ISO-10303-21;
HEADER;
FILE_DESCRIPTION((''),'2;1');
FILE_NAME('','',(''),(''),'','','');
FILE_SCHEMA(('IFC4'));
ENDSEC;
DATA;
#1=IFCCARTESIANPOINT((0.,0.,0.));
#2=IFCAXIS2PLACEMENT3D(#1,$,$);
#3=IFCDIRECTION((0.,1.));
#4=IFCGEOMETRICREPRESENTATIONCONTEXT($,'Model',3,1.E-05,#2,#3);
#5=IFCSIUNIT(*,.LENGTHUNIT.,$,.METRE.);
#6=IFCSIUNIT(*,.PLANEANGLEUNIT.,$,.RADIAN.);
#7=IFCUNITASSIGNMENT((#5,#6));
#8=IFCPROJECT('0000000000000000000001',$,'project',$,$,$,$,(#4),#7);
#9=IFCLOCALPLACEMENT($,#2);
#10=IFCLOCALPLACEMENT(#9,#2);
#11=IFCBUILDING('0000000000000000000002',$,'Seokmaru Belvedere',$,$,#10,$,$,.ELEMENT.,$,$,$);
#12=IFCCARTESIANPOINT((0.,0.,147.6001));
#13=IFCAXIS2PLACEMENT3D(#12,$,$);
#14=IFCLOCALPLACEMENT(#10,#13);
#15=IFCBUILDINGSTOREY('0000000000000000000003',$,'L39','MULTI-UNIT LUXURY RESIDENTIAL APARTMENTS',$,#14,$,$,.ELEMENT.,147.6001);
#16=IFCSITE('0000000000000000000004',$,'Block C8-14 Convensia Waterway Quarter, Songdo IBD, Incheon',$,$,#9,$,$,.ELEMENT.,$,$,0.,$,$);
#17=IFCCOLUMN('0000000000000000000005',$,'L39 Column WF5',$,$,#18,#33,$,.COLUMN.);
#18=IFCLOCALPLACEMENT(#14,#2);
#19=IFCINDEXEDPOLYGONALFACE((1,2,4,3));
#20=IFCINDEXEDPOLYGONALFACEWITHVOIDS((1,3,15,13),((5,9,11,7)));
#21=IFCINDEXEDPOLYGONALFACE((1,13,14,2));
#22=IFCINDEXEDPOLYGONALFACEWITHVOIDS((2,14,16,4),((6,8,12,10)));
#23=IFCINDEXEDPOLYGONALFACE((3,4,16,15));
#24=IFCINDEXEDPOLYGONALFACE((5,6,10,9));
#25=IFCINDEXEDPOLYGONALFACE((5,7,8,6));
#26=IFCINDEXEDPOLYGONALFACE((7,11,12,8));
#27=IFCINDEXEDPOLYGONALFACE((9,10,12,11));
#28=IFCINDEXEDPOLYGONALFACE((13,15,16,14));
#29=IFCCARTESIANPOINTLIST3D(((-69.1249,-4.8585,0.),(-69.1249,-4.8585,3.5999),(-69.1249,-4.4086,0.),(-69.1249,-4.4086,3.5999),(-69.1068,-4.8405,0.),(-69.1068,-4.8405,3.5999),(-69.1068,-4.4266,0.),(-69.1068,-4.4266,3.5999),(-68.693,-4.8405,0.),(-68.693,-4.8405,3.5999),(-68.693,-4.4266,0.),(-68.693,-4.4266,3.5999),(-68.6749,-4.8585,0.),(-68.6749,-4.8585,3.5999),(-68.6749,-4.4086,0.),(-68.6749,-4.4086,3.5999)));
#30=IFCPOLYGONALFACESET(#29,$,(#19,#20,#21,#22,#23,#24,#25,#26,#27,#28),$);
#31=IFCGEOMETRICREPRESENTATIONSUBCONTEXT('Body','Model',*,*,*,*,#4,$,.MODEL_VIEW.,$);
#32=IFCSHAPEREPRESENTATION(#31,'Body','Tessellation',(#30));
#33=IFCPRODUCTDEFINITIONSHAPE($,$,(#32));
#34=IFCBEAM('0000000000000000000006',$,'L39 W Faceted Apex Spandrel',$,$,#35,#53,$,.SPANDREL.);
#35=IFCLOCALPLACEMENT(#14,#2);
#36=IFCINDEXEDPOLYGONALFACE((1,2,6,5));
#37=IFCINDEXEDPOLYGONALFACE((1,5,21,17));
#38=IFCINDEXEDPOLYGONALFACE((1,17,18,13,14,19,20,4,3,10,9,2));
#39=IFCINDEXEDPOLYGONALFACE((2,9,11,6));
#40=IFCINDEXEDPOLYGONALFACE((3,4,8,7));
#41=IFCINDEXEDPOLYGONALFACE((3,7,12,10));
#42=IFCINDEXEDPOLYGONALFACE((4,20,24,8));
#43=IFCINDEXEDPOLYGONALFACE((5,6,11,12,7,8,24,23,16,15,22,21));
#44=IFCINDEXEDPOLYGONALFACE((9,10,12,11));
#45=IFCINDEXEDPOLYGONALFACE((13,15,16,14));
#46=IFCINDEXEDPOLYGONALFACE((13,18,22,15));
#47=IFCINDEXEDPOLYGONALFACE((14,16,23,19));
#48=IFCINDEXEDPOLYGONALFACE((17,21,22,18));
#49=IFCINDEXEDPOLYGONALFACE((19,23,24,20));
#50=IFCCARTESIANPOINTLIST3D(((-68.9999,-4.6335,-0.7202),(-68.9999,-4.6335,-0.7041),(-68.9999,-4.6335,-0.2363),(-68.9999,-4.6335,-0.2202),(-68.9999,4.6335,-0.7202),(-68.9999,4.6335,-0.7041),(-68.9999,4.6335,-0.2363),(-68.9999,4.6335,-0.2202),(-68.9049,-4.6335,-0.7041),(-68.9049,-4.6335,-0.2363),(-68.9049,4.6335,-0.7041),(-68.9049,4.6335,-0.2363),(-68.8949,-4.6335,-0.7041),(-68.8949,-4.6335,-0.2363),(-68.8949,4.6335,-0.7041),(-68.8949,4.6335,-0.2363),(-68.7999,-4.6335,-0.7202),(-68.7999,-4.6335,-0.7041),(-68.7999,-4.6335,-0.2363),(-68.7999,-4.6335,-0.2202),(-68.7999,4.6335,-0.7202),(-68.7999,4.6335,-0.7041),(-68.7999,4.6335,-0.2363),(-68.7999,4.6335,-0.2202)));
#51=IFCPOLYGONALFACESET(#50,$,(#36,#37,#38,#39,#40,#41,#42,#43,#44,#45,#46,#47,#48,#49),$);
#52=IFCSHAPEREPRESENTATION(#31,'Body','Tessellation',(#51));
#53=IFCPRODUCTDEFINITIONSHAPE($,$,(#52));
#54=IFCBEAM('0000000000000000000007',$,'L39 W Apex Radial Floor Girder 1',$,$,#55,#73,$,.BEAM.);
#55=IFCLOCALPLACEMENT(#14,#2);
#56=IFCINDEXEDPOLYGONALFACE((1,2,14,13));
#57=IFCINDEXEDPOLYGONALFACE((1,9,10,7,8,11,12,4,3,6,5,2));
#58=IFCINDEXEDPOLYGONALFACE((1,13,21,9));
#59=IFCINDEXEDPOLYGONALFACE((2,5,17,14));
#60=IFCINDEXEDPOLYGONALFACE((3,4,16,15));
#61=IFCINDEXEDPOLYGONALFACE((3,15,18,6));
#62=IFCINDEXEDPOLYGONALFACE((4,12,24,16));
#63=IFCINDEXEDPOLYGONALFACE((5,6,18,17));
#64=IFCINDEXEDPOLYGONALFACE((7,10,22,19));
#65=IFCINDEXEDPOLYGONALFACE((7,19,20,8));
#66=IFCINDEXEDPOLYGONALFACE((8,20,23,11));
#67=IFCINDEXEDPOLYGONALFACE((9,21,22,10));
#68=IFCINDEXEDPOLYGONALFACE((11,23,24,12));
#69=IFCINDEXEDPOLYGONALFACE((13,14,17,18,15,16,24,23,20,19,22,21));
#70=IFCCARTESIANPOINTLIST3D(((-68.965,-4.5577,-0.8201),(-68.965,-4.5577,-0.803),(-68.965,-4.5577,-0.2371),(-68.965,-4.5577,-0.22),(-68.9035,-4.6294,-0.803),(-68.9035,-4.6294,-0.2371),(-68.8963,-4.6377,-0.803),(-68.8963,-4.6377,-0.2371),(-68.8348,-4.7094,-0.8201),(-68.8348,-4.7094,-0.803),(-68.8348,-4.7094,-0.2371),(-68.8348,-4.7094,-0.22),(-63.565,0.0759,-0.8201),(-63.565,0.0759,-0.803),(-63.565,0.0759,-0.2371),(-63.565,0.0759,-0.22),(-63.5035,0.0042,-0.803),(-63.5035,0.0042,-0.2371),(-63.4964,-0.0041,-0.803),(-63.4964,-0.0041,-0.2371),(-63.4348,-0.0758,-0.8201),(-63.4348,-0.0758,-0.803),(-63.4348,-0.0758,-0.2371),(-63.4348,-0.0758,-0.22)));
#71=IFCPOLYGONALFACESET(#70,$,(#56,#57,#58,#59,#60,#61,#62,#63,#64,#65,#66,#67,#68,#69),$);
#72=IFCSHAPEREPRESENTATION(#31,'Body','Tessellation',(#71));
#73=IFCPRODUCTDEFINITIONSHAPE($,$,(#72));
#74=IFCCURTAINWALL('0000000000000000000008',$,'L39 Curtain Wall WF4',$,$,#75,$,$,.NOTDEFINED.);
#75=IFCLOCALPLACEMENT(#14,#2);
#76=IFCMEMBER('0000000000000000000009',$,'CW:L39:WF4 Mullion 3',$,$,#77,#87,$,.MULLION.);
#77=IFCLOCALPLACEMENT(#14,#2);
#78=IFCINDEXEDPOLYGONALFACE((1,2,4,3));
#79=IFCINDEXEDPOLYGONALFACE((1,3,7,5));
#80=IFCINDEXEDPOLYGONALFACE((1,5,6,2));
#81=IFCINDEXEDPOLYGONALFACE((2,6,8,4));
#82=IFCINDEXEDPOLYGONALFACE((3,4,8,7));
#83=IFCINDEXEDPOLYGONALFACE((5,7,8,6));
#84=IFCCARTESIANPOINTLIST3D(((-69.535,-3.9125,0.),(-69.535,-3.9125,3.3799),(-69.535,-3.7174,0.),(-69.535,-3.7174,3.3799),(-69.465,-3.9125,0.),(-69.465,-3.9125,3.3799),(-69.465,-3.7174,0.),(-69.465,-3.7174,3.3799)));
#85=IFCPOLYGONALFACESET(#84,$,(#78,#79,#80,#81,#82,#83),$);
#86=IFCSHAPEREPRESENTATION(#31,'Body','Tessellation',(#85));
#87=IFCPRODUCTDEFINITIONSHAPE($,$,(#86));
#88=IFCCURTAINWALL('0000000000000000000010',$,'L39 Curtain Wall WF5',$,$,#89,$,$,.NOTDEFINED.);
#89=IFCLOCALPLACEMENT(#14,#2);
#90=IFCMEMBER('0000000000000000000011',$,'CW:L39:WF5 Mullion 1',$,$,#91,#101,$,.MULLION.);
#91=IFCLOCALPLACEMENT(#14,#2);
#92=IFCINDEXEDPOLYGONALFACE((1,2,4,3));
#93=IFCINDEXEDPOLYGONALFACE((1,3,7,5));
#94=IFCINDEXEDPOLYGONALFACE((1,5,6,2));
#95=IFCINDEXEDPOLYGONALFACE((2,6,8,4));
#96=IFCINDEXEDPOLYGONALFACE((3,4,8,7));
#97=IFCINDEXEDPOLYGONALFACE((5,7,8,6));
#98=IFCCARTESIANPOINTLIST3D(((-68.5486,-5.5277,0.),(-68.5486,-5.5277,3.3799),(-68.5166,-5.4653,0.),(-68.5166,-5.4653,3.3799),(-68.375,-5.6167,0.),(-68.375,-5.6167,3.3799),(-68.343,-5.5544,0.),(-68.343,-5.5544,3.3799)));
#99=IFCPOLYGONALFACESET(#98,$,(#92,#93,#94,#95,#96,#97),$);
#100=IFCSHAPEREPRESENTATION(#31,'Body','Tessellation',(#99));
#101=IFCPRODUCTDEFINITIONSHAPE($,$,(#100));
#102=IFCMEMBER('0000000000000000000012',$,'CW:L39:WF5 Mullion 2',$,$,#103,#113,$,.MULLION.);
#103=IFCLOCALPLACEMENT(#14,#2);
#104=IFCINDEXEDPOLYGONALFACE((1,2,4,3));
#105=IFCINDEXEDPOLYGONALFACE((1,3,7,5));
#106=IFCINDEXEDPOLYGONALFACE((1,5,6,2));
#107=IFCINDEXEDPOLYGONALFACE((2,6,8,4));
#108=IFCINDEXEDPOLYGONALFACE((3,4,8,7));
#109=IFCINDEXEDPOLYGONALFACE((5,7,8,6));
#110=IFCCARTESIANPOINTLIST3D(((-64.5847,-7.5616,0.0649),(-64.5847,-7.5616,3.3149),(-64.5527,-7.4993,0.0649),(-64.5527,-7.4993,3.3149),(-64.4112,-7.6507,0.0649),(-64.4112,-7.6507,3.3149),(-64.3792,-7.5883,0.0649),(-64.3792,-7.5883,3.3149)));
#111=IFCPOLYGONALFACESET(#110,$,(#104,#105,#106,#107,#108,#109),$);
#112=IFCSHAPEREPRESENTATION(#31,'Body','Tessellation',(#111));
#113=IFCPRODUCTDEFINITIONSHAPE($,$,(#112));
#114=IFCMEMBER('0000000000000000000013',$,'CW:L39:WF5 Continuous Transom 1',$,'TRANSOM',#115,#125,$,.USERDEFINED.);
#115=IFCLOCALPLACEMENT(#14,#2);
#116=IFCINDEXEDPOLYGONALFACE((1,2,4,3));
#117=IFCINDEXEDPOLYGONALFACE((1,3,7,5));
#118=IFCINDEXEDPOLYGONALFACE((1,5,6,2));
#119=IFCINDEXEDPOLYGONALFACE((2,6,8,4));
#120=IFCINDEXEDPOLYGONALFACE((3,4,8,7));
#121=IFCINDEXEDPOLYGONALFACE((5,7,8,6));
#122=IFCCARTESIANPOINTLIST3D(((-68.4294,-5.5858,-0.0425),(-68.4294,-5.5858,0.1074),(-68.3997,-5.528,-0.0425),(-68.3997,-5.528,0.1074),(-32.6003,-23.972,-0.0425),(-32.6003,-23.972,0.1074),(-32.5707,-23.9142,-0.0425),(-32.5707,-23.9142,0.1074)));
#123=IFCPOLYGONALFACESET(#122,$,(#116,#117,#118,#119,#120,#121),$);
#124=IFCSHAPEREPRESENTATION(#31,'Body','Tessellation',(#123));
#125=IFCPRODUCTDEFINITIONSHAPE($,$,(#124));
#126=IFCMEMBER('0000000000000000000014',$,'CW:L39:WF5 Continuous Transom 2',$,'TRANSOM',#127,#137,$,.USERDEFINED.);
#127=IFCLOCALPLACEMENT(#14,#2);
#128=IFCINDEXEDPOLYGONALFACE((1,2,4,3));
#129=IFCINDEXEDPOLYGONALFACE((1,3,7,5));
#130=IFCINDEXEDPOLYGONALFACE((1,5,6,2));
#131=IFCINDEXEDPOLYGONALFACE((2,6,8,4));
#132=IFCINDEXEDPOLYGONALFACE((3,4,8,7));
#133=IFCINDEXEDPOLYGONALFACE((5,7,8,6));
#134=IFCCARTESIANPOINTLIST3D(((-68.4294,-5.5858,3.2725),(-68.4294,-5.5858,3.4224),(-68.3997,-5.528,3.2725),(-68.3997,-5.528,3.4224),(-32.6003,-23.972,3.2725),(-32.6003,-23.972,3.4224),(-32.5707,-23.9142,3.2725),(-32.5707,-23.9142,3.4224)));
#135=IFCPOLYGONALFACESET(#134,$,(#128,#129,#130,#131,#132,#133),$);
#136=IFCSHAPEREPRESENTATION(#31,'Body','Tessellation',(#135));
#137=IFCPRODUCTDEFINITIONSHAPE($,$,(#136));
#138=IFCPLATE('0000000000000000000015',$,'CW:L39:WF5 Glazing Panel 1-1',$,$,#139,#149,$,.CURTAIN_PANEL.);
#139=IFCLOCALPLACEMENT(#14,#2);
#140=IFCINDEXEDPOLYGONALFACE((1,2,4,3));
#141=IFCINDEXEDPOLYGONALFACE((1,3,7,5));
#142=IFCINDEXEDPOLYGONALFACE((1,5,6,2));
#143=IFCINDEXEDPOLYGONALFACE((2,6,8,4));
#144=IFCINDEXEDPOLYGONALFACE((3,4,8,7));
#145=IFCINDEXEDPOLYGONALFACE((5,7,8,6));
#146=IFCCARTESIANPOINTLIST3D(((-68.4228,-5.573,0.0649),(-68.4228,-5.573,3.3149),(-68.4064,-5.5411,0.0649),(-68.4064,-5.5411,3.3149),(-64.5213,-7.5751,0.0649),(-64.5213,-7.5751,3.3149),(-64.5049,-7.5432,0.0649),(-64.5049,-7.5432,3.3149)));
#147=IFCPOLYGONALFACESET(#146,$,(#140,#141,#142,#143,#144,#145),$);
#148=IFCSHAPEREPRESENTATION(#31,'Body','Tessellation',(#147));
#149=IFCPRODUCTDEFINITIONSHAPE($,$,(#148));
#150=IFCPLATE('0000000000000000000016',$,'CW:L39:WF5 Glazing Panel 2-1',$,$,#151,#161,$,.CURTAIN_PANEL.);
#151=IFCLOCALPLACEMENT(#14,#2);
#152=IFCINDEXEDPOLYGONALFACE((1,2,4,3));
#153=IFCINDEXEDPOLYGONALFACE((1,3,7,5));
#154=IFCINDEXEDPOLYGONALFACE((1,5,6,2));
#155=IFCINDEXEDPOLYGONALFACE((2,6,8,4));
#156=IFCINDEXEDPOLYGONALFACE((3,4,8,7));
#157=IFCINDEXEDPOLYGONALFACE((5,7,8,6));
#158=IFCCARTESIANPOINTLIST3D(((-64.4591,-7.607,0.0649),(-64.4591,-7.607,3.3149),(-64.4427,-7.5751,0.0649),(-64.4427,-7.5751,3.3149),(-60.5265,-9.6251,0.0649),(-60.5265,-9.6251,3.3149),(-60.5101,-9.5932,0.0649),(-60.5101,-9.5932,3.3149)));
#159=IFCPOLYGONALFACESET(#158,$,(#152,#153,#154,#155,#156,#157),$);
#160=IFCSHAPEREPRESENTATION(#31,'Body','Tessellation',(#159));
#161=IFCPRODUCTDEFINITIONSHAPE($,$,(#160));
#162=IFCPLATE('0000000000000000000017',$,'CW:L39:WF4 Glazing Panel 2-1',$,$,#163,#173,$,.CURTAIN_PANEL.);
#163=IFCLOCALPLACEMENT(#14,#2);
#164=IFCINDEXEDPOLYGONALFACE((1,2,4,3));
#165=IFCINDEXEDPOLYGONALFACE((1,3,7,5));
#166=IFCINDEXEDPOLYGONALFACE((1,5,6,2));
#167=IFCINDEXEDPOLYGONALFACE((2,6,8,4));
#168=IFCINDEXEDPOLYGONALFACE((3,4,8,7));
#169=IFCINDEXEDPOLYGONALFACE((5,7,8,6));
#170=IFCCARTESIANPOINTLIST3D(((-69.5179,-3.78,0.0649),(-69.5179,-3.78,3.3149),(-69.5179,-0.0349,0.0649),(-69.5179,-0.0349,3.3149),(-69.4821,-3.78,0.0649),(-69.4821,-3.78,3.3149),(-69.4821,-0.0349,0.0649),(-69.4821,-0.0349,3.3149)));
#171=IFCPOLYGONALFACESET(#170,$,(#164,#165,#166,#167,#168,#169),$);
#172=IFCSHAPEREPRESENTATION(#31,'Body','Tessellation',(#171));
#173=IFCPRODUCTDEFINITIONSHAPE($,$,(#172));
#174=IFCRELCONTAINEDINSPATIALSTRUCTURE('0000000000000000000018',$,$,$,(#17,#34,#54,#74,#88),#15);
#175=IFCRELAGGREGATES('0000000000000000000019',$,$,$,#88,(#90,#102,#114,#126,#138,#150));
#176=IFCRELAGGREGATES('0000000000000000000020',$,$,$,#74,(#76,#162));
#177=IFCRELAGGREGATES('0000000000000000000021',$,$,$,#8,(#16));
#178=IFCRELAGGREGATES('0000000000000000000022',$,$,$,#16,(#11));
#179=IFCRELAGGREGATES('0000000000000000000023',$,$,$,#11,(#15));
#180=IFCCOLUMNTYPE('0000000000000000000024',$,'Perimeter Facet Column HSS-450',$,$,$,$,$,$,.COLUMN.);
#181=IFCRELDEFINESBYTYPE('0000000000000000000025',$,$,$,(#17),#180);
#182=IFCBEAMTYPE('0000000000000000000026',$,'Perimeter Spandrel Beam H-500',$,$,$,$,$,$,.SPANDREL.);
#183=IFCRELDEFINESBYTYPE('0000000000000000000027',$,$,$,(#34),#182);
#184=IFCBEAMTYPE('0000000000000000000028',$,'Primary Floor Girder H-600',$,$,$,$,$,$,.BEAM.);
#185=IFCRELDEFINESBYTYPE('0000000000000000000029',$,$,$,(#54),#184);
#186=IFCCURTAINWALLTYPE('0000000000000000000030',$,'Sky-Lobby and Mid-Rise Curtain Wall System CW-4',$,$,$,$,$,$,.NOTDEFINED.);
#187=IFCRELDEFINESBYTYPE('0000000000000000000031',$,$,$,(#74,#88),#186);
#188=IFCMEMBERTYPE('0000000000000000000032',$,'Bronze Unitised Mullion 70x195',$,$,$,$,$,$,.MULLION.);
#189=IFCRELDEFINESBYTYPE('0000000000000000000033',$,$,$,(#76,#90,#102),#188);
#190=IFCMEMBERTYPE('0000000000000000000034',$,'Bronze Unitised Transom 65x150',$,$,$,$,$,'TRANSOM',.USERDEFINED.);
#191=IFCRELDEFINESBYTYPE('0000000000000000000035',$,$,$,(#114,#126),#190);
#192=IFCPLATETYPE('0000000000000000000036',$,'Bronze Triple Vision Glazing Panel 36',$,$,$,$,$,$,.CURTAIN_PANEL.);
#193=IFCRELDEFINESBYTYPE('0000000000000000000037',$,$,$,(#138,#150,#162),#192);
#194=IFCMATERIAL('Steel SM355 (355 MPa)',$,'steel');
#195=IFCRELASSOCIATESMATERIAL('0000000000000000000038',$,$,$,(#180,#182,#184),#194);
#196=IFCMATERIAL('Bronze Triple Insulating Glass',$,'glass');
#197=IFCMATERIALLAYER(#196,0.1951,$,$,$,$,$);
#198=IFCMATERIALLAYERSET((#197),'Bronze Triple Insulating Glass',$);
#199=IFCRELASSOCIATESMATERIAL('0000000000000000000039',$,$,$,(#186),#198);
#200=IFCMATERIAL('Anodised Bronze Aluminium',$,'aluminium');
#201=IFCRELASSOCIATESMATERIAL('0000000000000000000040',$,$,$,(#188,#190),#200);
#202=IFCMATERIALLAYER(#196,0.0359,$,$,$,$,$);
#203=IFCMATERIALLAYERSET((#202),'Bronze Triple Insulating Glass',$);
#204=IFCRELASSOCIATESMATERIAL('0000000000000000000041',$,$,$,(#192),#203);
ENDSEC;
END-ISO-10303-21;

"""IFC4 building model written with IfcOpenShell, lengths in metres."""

from ifc_helpers import new_model, si_unit, direction, frame, origin, origin_2d, place, context, subcontext, project, spatial, rectangle, hollow_rectangle, i_section, extrude, source, transform, mapped, material, layer, layer_set, material_profile, profile_set, type_object, type_shapes, element, aggregate, save


model = new_model("IFC4")

# Units and contexts
model_context = context("Model", 3, precision=1e-05, world=origin(), true_north=direction((0.0, 1.0)))
body_context = subcontext(model_context, "Body", "Model", "MODEL_VIEW")
ifc_project = project(units=[si_unit("LENGTHUNIT", "METRE"), si_unit("PLANEANGLEUNIT", "RADIAN")], contexts=[model_context])

# Site, building, storey
site_placement = place(None, origin())
site = spatial("IfcSite", under=ifc_project, at=site_placement, Name="Block C8-14 Convensia Waterway Quarter, Songdo IBD, Incheon", CompositionType="ELEMENT", RefElevation=0.0)
building_placement = place(site_placement, origin())
building = spatial("IfcBuilding", under=site, at=building_placement, Name="Seokmaru Belvedere", CompositionType="ELEMENT")
storey_placement = place(building_placement, frame((0.0, 0.0, 147.6001)))
storey = spatial("IfcBuildingStorey", under=building, at=storey_placement, Name="L39", Description="MULTI-UNIT LUXURY RESIDENTIAL APARTMENTS", CompositionType="ELEMENT", Elevation=147.6001)

# Column
ifc_material_1 = material(Name="Steel SM355 (355 MPa)", Category="steel")
ifc_material_profile_1 = material_profile(ifc_material_1, hollow_rectangle(XDim=0.45, YDim=0.45, WallThickness=0.0181, at=origin_2d()), Name="HSS-450x450x18")
ifc_profile_set_1 = profile_set([ifc_material_profile_1], Name="Steel SM355 (355 MPa)")
column_type = type_object("IfcColumnType", Name="Perimeter Facet Column HSS-450", PredefinedType="COLUMN", material=ifc_profile_set_1)
shared_shape_1 = source(origin(), body_context, "Body", "SweptSolid", [
    extrude(hollow_rectangle(XDim=0.45, YDim=0.45, WallThickness=0.0181, at=origin_2d()), origin(), (0.0, 0.0, 1.0), 3.5999),
])
type_shapes(column_type, [shared_shape_1])
column_placement = place(storey_placement, frame((-68.8999, -4.6335, 0.0), z_axis=(0.0, 0.0, 1.0), x_axis=(1.0, 0.0, 0.0)))
element("IfcColumn", 1, at=column_placement, inside=storey, type_object=column_type, Name="L39 Column WF5", PredefinedType="COLUMN", context=body_context, shape_type="MappedRepresentation", body=[
    mapped(shared_shape_1, transform((0.0, 0.0, 0.0), scale=1.0)),
])

# Beams
ifc_material_profile_2 = material_profile(ifc_material_1, i_section(OverallWidth=0.2, OverallDepth=0.5, WebThickness=0.01, FlangeThickness=0.0161, at=origin_2d()), Name="H-500x200x10x16")
ifc_profile_set_2 = profile_set([ifc_material_profile_2], Name="Steel SM355 (355 MPa)")
beam_type_1 = type_object("IfcBeamType", Name="Perimeter Spandrel Beam H-500", PredefinedType="SPANDREL", material=ifc_profile_set_2)
shared_shape_2 = source(origin(), body_context, "Body", "SweptSolid", [
    extrude(i_section(OverallWidth=0.2, OverallDepth=0.5, WebThickness=0.01, FlangeThickness=0.0161, at=origin_2d()), origin(), (0.0, 0.0, 1.0), 9.2671),
])
type_shapes(beam_type_1, [shared_shape_2])
beam_1_placement = place(storey_placement, frame((-68.8999, -4.6335, -0.4702), z_axis=(0.0, 1.0, 0.0), x_axis=(-1.0, 0.0, 0.0)))
element("IfcBeam", 2, at=beam_1_placement, inside=storey, type_object=beam_type_1, Name="L39 W Faceted Apex Spandrel", PredefinedType="SPANDREL", context=body_context, shape_type="MappedRepresentation", body=[
    mapped(shared_shape_2, transform((0.0, 0.0, 0.0), scale=1.0)),
])
ifc_material_profile_3 = material_profile(ifc_material_1, i_section(OverallWidth=0.2, OverallDepth=0.6001, WebThickness=0.011, FlangeThickness=0.0171, at=origin_2d()), Name="H-600x200x11x17")
ifc_profile_set_3 = profile_set([ifc_material_profile_3], Name="Steel SM355 (355 MPa)")
beam_type_2 = type_object("IfcBeamType", Name="Primary Floor Girder H-600", PredefinedType="BEAM", material=ifc_profile_set_3)
shared_shape_3 = source(origin(), body_context, "Body", "SweptSolid", [
    extrude(i_section(OverallWidth=0.2, OverallDepth=0.6001, WebThickness=0.011, FlangeThickness=0.0171, at=origin_2d()), origin(), (0.0, 0.0, 1.0), 7.1155),
])
type_shapes(beam_type_2, [shared_shape_3])
beam_2_placement = place(storey_placement, frame((-68.8999, -4.6335, -0.52), z_axis=(0.758905, 0.651201, 0.0), x_axis=(-0.651201, 0.758905, 0.0)))
element("IfcBeam", 3, at=beam_2_placement, inside=storey, type_object=beam_type_2, Name="L39 W Apex Radial Floor Girder 1", PredefinedType="BEAM", context=body_context, shape_type="MappedRepresentation", body=[
    mapped(shared_shape_3, transform((0.0, 0.0, 0.0), scale=1.0)),
])

# Curtain wall, member
ifc_material_2 = material(Name="Bronze Triple Insulating Glass", Category="glass")
ifc_layer_1 = layer(ifc_material_2, 0.1951)
ifc_layer_set_1 = layer_set([ifc_layer_1], Name="Bronze Triple Insulating Glass")
curtain_wall_type = type_object("IfcCurtainWallType", Name="Sky-Lobby and Mid-Rise Curtain Wall System CW-4", PredefinedType="NOTDEFINED", material=ifc_layer_set_1)
curtain_wall_1_placement = place(storey_placement, origin())
curtain_wall_1 = element("IfcCurtainWall", 4, at=curtain_wall_1_placement, inside=storey, type_object=curtain_wall_type, Name="L39 Curtain Wall WF4", PredefinedType="NOTDEFINED")
ifc_material_3 = material(Name="Anodised Bronze Aluminium", Category="aluminium")
ifc_material_profile_4 = material_profile(ifc_material_3, rectangle(XDim=0.0701, YDim=0.1951, at=origin_2d()), Name="CW-M-70x195")
ifc_profile_set_4 = profile_set([ifc_material_profile_4], Name="Anodised Bronze Aluminium")
member_type_1 = type_object("IfcMemberType", Name="Bronze Unitised Mullion 70x195", PredefinedType="MULLION", material=ifc_profile_set_4)
shared_shape_4 = source(origin(), body_context, "Body", "SweptSolid", [
    extrude(rectangle(XDim=0.0701, YDim=0.1951, at=origin_2d()), origin(), (0.0, 0.0, 1.0), 3.3799),
])
member_1_placement = place(storey_placement, frame((-69.5, -3.8149, 0.0), z_axis=(0.0, 0.0, 1.0), x_axis=(1.0, 0.0, 0.0)))
member_1 = element("IfcMember", 5, at=member_1_placement, type_object=member_type_1, Name="CW:L39:WF4 Mullion 3", PredefinedType="MULLION", context=body_context, shape_type="MappedRepresentation", body=[
    mapped(shared_shape_4, transform((0.0, 0.0, 0.0), scale=1.0)),
])

# Curtain wall, members, plates
curtain_wall_2_placement = place(storey_placement, origin())
curtain_wall_2 = element("IfcCurtainWall", 6, at=curtain_wall_2_placement, inside=storey, type_object=curtain_wall_type, Name="L39 Curtain Wall WF5", PredefinedType="NOTDEFINED")
member_2_placement = place(storey_placement, frame((-68.4458, -5.541, 0.0), z_axis=(0.0, 0.0, 1.0), x_axis=(0.456555, 0.889695, 0.0)))
member_2 = element("IfcMember", 7, at=member_2_placement, type_object=member_type_1, Name="CW:L39:WF5 Mullion 1", PredefinedType="MULLION", context=body_context, shape_type="MappedRepresentation", body=[
    mapped(shared_shape_4, transform((0.0, 0.0, 0.0), scale=1.0)),
])
shared_shape_5 = source(origin(), body_context, "Body", "SweptSolid", [
    extrude(rectangle(XDim=0.0701, YDim=0.1951, at=origin_2d()), origin(), (0.0, 0.0, 1.0), 3.25),
])
type_shapes(member_type_1, [shared_shape_4, shared_shape_5])
member_3_placement = place(storey_placement, frame((-64.4819, -7.575, 0.0649), z_axis=(0.0, 0.0, 1.0), x_axis=(0.456555, 0.889695, 0.0)))
member_3 = element("IfcMember", 8, at=member_3_placement, type_object=member_type_1, Name="CW:L39:WF5 Mullion 2", PredefinedType="MULLION", context=body_context, shape_type="MappedRepresentation", body=[
    mapped(shared_shape_5, transform((0.0, 0.0, 0.0), scale=1.0)),
])
ifc_material_profile_5 = material_profile(ifc_material_3, rectangle(XDim=0.0649, YDim=0.1499, at=origin_2d()), Name="CW-T-65x150")
ifc_profile_set_5 = profile_set([ifc_material_profile_5], Name="Anodised Bronze Aluminium")
member_type_2 = type_object("IfcMemberType", Name="Bronze Unitised Transom 65x150", ElementType="TRANSOM", PredefinedType="USERDEFINED", material=ifc_profile_set_5)
shared_shape_6 = source(origin(), body_context, "Body", "SweptSolid", [
    extrude(rectangle(XDim=0.0649, YDim=0.1499, at=origin_2d()), origin(), (0.0, 0.0, 1.0), 40.2712),
])
type_shapes(member_type_2, [shared_shape_6])
member_4_placement = place(storey_placement, frame((-68.4146, -5.5569, 0.0325), z_axis=(0.889693, -0.456559, 0.0), x_axis=(0.456559, 0.889693, 0.0)))
member_4 = element("IfcMember", 9, at=member_4_placement, type_object=member_type_2, Name="CW:L39:WF5 Continuous Transom 1", ObjectType="TRANSOM", PredefinedType="USERDEFINED", context=body_context, shape_type="MappedRepresentation", body=[
    mapped(shared_shape_6, transform((0.0, 0.0, 0.0), scale=1.0)),
])
member_5_placement = place(storey_placement, frame((-68.4146, -5.5569, 3.3474), z_axis=(0.889693, -0.456559, 0.0), x_axis=(0.456559, 0.889693, 0.0)))
member_5 = element("IfcMember", 10, at=member_5_placement, type_object=member_type_2, Name="CW:L39:WF5 Continuous Transom 2", ObjectType="TRANSOM", PredefinedType="USERDEFINED", context=body_context, shape_type="MappedRepresentation", body=[
    mapped(shared_shape_6, transform((0.0, 0.0, 0.0), scale=1.0)),
])
ifc_layer_2 = layer(ifc_material_2, 0.0359)
ifc_layer_set_2 = layer_set([ifc_layer_2], Name="Bronze Triple Insulating Glass")
plate_type = type_object("IfcPlateType", Name="Bronze Triple Vision Glazing Panel 36", PredefinedType="CURTAIN_PANEL", material=ifc_layer_set_2)
shared_shape_7 = source(origin(), body_context, "Body", "SweptSolid", [
    extrude(rectangle(XDim=4.3853, YDim=0.0359, at=origin_2d()), origin(), (0.0, 0.0, 1.0), 3.25),
])
plate_1_placement = place(storey_placement, frame((-66.4639, -6.5581, 0.0649), z_axis=(0.0, 0.0, 1.0), x_axis=(0.889695, -0.456555, 0.0)))
plate_1 = element("IfcPlate", 11, at=plate_1_placement, type_object=plate_type, Name="CW:L39:WF5 Glazing Panel 1-1", PredefinedType="CURTAIN_PANEL", context=body_context, shape_type="MappedRepresentation", body=[
    mapped(shared_shape_7, transform((0.0, 0.0, 0.0), scale=1.0)),
])
shared_shape_8 = source(origin(), body_context, "Body", "SweptSolid", [
    extrude(rectangle(XDim=4.4202, YDim=0.0359, at=origin_2d()), origin(), (0.0, 0.0, 1.0), 3.25),
])
plate_2_placement = place(storey_placement, frame((-62.4846, -8.6001, 0.0649), z_axis=(0.0, 0.0, 1.0), x_axis=(0.889695, -0.456555, 0.0)))
plate_2 = element("IfcPlate", 12, at=plate_2_placement, type_object=plate_type, Name="CW:L39:WF5 Glazing Panel 2-1", PredefinedType="CURTAIN_PANEL", context=body_context, shape_type="MappedRepresentation", body=[
    mapped(shared_shape_8, transform((0.0, 0.0, 0.0), scale=1.0)),
])
aggregate(curtain_wall_2, [member_2, member_3, member_4, member_5, plate_1, plate_2])

# Plate
shared_shape_9 = source(origin(), body_context, "Body", "SweptSolid", [
    extrude(rectangle(XDim=3.7451, YDim=0.0359, at=origin_2d()), origin(), (0.0, 0.0, 1.0), 3.25),
])
type_shapes(plate_type, [shared_shape_7, shared_shape_8, shared_shape_9])
plate_3_placement = place(storey_placement, frame((-69.5, -1.9075, 0.0649), z_axis=(0.0, 0.0, 1.0), x_axis=(0.0, -1.0, 0.0)))
plate_3 = element("IfcPlate", 13, at=plate_3_placement, type_object=plate_type, Name="CW:L39:WF4 Glazing Panel 2-1", PredefinedType="CURTAIN_PANEL", context=body_context, shape_type="MappedRepresentation", body=[
    mapped(shared_shape_9, transform((0.0, 0.0, 0.0), scale=1.0)),
])
aggregate(curtain_wall_1, [member_1, plate_3])

save(model, "model.ifc")
